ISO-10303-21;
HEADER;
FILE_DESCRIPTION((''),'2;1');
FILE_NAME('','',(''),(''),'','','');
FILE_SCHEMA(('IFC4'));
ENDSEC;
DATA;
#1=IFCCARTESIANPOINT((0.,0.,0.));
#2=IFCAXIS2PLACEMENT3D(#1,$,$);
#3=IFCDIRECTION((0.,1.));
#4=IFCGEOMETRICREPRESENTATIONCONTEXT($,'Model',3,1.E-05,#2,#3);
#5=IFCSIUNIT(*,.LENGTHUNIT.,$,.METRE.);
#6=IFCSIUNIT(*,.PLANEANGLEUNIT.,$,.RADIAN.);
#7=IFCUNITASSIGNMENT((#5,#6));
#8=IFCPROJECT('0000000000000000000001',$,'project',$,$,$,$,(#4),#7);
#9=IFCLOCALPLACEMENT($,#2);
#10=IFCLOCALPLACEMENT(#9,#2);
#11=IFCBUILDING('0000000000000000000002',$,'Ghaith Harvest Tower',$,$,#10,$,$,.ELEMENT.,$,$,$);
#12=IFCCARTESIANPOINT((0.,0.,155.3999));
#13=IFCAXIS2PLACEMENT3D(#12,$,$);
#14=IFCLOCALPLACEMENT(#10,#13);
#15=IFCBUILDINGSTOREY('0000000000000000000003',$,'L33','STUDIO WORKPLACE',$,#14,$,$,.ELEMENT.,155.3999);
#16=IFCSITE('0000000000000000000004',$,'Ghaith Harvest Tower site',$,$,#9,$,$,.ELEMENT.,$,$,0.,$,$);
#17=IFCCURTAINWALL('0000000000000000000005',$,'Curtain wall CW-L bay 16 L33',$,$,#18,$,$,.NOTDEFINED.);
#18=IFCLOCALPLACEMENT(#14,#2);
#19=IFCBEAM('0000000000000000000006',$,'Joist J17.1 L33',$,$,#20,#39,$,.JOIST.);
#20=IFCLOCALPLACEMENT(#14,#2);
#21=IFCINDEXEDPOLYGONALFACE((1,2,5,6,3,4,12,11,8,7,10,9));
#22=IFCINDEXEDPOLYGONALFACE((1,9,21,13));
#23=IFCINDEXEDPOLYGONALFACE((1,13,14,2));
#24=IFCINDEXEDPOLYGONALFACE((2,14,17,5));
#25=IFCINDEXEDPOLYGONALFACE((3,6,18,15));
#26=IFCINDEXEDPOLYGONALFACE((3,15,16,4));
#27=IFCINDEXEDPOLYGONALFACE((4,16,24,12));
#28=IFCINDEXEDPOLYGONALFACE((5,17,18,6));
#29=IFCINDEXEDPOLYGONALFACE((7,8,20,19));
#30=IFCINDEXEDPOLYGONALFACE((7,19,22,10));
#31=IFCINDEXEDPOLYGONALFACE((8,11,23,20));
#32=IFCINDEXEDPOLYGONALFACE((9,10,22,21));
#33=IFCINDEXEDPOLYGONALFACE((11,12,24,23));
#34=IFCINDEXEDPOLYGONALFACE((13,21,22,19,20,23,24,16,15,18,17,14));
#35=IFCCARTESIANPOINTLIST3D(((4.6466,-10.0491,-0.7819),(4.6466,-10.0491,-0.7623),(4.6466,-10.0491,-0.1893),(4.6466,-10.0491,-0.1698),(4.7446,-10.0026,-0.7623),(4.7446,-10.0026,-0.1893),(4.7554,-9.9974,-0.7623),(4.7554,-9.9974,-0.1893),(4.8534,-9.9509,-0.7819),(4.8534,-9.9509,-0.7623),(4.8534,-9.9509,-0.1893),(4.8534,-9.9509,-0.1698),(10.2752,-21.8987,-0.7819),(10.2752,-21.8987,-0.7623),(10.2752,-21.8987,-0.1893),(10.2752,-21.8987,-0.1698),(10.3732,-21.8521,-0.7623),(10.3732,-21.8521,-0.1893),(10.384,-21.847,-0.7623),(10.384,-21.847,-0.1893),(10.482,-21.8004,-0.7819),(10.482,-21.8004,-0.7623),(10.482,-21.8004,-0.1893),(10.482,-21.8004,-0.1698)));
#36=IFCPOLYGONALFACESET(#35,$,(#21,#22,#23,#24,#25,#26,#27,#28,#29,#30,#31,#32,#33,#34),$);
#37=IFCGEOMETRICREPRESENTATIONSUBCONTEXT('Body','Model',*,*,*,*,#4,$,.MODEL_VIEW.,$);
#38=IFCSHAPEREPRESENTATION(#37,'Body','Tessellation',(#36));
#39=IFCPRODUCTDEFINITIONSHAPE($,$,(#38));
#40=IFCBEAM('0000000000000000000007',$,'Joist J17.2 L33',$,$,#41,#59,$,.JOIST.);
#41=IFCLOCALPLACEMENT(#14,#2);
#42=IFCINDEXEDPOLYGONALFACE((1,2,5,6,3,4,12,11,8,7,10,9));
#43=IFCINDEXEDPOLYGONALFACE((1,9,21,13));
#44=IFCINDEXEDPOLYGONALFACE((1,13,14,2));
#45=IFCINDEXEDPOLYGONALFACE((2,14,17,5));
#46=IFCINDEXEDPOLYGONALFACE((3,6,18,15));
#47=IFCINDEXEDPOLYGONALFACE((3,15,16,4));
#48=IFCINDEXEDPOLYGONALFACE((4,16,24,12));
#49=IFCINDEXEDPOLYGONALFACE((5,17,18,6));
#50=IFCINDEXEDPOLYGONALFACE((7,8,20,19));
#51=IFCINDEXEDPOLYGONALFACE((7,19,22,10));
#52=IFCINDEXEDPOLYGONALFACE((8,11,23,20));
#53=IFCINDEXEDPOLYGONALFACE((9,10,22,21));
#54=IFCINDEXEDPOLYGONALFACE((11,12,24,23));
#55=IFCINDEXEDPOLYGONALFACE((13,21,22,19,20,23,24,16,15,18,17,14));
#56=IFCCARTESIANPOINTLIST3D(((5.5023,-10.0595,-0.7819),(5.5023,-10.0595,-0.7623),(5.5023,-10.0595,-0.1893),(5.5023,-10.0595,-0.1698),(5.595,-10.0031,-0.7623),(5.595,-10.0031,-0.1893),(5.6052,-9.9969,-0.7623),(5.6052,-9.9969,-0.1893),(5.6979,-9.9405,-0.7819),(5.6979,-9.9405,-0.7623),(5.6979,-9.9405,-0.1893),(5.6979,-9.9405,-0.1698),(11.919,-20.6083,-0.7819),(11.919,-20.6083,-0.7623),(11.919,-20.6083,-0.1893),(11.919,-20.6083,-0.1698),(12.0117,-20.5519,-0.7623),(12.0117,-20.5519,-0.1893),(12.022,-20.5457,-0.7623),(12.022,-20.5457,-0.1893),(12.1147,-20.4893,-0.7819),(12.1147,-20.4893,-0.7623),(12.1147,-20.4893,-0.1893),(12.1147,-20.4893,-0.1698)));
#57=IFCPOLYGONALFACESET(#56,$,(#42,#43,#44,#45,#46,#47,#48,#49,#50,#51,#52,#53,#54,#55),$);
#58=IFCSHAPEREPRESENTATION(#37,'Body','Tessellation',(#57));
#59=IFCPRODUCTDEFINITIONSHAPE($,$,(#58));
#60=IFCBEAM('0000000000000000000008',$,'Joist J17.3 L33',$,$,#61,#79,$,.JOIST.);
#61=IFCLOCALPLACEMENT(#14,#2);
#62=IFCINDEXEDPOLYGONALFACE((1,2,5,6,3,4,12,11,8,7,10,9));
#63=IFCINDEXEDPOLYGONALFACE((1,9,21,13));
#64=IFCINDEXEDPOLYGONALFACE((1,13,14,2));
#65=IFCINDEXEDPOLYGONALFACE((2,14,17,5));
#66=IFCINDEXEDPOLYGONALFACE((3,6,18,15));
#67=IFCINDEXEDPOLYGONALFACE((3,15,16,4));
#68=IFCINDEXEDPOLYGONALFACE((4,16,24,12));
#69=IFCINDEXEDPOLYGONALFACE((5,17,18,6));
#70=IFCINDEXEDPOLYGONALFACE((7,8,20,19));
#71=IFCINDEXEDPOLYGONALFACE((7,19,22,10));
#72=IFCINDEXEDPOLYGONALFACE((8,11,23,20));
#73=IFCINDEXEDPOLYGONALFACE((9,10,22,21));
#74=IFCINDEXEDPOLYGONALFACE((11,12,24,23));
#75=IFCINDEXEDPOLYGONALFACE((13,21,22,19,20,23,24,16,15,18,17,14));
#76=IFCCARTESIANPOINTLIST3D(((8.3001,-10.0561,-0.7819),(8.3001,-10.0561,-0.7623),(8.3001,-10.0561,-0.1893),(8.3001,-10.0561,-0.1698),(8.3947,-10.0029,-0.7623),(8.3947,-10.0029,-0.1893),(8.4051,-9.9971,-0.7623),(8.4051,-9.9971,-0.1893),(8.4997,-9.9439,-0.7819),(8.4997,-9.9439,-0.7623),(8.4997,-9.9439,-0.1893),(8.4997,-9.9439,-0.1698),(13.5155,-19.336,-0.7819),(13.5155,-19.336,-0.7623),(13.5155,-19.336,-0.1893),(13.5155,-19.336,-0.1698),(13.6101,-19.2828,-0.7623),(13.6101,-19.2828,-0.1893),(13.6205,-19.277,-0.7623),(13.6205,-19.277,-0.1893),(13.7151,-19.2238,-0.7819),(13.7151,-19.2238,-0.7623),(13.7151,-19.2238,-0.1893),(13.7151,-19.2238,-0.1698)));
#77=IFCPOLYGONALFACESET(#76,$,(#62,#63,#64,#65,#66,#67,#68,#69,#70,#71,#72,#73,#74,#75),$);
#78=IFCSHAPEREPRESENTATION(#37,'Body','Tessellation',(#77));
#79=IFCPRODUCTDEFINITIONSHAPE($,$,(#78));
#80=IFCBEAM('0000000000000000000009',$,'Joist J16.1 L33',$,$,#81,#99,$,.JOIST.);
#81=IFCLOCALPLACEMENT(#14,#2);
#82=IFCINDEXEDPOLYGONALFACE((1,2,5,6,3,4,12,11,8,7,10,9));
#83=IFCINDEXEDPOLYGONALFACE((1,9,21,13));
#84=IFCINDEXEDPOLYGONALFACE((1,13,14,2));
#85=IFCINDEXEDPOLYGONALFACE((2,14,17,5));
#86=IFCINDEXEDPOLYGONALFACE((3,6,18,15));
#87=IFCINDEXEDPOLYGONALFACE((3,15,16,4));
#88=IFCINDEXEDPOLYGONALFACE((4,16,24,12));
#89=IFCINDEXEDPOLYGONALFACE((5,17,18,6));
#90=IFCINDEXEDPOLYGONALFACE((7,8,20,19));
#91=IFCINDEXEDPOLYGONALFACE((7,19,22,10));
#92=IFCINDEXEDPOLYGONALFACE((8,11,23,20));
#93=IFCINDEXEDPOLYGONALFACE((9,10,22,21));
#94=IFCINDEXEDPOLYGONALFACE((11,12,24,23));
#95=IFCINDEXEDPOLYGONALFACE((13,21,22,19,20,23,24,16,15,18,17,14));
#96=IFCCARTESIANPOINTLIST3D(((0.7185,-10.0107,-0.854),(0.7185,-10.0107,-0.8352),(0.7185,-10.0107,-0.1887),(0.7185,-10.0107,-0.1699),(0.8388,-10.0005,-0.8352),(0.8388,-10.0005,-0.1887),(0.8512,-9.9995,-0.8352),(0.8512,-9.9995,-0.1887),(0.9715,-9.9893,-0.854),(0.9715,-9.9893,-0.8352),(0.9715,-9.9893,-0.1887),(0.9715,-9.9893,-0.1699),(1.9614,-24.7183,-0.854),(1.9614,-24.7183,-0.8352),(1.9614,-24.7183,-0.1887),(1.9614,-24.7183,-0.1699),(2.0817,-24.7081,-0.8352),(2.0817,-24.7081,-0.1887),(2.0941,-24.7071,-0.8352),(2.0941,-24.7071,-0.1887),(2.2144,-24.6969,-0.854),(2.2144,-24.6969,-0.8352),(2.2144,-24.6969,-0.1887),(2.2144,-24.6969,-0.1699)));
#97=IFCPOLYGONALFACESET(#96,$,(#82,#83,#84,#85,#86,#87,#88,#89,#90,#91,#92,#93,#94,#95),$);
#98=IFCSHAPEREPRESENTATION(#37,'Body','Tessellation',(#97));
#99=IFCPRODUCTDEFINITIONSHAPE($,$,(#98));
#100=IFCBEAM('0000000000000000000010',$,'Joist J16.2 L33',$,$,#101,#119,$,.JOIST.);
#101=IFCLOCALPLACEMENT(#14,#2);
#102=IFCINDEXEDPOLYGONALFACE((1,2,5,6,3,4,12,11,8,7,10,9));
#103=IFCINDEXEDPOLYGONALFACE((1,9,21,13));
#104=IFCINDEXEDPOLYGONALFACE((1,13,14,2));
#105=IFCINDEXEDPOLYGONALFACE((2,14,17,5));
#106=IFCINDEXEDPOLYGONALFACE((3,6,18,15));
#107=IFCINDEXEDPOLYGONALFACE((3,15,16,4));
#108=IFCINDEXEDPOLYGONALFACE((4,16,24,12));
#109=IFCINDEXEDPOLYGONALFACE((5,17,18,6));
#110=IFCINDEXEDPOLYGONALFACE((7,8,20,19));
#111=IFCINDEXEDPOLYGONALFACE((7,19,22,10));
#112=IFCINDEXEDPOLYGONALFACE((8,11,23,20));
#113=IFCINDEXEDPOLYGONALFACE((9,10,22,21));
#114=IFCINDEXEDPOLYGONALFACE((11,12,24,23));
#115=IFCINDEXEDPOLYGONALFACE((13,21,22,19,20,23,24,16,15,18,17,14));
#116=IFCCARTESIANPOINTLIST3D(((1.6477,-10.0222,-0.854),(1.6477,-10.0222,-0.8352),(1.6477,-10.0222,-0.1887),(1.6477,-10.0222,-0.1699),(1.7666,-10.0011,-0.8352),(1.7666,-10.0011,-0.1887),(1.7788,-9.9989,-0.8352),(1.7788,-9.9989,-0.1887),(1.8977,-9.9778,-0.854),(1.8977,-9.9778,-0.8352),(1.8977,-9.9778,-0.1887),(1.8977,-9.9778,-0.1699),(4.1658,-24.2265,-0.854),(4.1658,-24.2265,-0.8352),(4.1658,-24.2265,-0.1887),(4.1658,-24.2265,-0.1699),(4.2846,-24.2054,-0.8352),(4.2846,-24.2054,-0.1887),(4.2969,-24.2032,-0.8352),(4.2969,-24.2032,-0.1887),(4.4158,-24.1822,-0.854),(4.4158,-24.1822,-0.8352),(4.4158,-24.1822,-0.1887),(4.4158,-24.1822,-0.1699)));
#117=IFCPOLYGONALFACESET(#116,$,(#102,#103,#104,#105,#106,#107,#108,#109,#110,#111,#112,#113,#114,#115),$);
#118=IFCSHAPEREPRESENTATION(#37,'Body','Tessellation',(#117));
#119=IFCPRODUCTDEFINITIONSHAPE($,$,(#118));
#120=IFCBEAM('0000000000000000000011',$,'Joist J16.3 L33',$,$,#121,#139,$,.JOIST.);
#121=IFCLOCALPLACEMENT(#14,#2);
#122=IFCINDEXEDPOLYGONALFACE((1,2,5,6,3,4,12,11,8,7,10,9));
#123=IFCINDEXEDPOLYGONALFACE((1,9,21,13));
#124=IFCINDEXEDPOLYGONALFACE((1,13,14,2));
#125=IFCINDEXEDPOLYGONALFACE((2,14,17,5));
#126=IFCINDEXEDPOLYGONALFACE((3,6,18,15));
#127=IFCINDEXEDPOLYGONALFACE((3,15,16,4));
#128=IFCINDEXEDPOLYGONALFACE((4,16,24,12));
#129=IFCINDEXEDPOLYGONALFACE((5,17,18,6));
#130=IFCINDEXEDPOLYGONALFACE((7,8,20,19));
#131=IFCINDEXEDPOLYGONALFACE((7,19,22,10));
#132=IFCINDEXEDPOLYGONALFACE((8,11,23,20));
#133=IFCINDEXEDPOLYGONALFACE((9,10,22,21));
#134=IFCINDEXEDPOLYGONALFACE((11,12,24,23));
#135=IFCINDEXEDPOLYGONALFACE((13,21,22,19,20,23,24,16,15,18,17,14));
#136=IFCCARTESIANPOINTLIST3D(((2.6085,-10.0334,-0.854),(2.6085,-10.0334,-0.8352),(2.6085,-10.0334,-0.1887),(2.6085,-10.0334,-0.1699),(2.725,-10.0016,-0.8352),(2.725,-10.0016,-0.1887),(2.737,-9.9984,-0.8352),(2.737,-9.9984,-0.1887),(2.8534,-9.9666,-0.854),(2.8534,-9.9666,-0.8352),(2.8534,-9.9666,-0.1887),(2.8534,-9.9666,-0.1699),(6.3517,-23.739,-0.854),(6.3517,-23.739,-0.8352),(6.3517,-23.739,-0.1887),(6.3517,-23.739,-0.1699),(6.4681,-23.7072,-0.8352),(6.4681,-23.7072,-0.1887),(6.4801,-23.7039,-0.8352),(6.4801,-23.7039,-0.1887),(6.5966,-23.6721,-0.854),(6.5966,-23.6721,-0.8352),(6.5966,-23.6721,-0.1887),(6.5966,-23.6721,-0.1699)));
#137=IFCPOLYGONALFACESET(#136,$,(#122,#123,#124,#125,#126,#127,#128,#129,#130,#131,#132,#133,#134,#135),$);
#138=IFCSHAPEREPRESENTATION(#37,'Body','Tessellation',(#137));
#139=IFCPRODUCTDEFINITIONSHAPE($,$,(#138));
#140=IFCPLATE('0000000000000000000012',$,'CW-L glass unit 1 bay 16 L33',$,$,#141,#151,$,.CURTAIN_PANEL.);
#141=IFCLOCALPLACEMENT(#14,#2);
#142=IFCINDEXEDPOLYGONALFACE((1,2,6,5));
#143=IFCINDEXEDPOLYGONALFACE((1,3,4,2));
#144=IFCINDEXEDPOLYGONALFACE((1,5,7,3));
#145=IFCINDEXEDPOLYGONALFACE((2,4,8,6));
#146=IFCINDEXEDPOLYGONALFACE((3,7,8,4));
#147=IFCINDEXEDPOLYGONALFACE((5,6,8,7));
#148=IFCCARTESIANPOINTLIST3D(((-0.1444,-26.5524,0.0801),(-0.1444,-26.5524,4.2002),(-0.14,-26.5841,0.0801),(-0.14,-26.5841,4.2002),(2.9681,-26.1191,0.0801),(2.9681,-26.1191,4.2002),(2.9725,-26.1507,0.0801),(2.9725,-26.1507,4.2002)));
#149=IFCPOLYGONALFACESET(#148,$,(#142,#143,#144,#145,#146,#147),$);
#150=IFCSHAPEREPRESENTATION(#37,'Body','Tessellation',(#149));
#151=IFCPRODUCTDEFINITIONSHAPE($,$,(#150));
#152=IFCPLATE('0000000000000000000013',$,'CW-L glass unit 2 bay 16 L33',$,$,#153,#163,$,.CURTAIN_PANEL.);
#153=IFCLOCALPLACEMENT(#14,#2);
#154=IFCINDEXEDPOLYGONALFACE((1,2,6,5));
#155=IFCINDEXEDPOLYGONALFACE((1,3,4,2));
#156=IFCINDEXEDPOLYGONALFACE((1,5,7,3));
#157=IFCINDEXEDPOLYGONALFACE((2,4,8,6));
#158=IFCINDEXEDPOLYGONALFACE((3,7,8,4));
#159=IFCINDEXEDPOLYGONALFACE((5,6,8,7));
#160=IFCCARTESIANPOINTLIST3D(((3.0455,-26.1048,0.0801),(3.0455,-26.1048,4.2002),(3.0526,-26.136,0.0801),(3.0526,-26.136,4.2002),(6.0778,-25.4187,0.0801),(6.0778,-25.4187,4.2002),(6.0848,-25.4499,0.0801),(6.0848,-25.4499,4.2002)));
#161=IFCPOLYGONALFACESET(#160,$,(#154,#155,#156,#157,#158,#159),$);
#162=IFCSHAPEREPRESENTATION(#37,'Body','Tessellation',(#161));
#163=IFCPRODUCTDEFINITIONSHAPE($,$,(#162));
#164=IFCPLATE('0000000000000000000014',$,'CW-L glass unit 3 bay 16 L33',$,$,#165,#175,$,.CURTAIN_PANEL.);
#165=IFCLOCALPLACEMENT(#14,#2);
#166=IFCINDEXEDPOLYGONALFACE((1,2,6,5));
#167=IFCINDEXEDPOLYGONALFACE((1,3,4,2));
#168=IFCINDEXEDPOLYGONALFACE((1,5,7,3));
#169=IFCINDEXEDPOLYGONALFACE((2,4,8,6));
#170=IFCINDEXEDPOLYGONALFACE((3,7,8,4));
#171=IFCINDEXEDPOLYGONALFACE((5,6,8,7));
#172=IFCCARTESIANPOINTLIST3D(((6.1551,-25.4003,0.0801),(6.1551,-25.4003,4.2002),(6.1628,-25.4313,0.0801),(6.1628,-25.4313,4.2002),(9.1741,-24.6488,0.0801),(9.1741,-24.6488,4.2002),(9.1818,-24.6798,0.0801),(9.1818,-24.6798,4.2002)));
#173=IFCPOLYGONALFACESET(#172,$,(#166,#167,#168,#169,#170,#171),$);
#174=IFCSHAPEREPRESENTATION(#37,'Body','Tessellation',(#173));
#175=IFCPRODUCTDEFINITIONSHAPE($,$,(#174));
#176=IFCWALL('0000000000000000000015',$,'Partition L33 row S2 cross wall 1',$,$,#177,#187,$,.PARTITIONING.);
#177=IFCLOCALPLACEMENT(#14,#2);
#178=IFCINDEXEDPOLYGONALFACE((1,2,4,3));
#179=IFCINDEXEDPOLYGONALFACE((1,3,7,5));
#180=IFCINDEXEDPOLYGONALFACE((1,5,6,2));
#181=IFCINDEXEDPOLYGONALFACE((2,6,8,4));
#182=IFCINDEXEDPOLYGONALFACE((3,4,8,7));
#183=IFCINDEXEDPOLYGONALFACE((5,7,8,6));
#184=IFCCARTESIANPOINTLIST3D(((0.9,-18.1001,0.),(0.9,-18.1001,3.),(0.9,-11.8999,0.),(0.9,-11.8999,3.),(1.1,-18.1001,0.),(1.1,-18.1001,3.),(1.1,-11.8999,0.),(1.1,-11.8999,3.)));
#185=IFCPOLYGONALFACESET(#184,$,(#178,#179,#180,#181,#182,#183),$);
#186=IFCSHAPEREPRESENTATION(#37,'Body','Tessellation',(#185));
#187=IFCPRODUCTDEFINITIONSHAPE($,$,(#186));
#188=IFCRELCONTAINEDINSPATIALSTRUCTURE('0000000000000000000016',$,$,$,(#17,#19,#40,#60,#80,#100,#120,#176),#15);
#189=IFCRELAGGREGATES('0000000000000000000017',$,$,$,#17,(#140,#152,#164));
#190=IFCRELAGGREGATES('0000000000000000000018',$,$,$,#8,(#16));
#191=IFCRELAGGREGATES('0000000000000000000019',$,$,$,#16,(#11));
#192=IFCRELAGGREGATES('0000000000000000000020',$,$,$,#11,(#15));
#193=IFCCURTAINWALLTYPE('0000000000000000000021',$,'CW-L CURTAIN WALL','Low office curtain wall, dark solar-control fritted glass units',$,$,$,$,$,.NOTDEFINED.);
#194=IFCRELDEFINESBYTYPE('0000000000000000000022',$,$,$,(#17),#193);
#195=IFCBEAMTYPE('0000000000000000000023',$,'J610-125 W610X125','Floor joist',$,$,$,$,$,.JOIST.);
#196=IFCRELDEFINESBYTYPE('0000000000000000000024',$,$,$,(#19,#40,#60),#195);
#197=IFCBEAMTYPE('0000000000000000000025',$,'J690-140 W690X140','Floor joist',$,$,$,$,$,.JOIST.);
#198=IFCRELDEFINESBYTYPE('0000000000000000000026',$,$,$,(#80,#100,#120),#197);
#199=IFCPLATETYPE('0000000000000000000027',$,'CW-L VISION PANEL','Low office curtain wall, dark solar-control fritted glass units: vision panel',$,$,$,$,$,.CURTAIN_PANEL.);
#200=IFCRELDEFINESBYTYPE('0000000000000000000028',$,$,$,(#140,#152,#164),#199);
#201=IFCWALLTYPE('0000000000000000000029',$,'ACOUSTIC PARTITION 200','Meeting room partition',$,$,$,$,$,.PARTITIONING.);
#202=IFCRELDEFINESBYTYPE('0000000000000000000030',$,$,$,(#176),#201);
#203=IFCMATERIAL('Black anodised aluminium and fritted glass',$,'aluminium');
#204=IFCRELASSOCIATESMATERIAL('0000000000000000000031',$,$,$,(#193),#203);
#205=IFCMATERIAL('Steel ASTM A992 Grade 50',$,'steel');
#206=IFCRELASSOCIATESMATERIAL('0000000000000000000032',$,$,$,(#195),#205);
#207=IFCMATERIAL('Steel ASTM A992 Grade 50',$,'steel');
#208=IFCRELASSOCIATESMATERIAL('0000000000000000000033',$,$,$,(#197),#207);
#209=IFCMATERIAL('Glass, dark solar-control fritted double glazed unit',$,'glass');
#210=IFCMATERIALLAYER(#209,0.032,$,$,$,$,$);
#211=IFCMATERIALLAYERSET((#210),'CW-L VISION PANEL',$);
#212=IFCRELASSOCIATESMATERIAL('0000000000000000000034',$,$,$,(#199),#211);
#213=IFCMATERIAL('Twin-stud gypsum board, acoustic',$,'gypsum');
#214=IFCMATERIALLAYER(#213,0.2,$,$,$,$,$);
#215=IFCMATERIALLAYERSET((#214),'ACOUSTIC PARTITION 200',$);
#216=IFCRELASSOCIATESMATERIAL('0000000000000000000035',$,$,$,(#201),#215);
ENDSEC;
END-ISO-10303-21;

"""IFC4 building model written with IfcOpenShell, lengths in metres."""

from ifc_helpers import new_model, si_unit, direction, frame, frame_2d, origin, origin_2d, place, context, subcontext, project, spatial, rectangle, i_section, extrude, material, layer, layer_set, material_profile, profile_set, type_object, element, aggregate, save


model = new_model("IFC4")

# Units and contexts
model_context = context("Model", 3, precision=1e-05, world=origin(), true_north=direction((0.0, 1.0)))
body_context = subcontext(model_context, "Body", "Model", "MODEL_VIEW")
ifc_project = project(units=[si_unit("LENGTHUNIT", "METRE"), si_unit("PLANEANGLEUNIT", "RADIAN")], contexts=[model_context])

# Site, building, storey
site_placement = place(None, origin())
site = spatial("IfcSite", under=ifc_project, at=site_placement, Name="Ghaith Harvest Tower site", CompositionType="ELEMENT", RefElevation=0.0)
building_placement = place(site_placement, origin())
building = spatial("IfcBuilding", under=site, at=building_placement, Name="Ghaith Harvest Tower", CompositionType="ELEMENT")
storey_placement = place(building_placement, frame((0.0, 0.0, 155.3999)))
storey = spatial("IfcBuildingStorey", under=building, at=storey_placement, Name="L33", Description="STUDIO WORKPLACE", CompositionType="ELEMENT", Elevation=155.3999)

# Curtain wall
ifc_material_1 = material(Name="Black anodised aluminium and fritted glass", Category="aluminium")
curtain_wall_type = type_object("IfcCurtainWallType", Name="CW-L CURTAIN WALL", Description="Low office curtain wall, dark solar-control fritted glass units", PredefinedType="NOTDEFINED", material=ifc_material_1)
curtain_wall_1_placement = place(storey_placement, origin())
curtain_wall_1 = element("IfcCurtainWall", 1, at=curtain_wall_1_placement, inside=storey, type_object=curtain_wall_type, Name="Curtain wall CW-L bay 16 L33", PredefinedType="NOTDEFINED")

# Beams
ifc_material_2 = material(Name="Steel ASTM A992 Grade 50", Category="steel")
ifc_material_profile_1 = material_profile(ifc_material_2, i_section(OverallWidth=0.229, OverallDepth=0.6121, WebThickness=0.012, FlangeThickness=0.0195, at=origin_2d()), Name="W610X125")
ifc_profile_set_1 = profile_set([ifc_material_profile_1], Name="Steel ASTM A992 Grade 50")
beam_type_1 = type_object("IfcBeamType", Name="J610-125 W610X125", Description="Floor joist", PredefinedType="JOIST", material=ifc_profile_set_1)
beam_1_placement = place(storey_placement, frame((4.75, -10.0, -0.4758), z_axis=(0.429063, -0.903275, 0.0), x_axis=(0.903275, 0.429063, 0.0)))
element("IfcBeam", 2, at=beam_1_placement, inside=storey, type_object=beam_type_1, Name="Joist J17.1 L33", PredefinedType="JOIST", context=body_context, shape_type="SweptSolid", body=[
    extrude(i_section(OverallWidth=0.229, OverallDepth=0.6121, WebThickness=0.012, FlangeThickness=0.0195, at=origin_2d()), origin(), (0.0, 0.0, 1.0), 13.1184),
])
beam_2_placement = place(storey_placement, frame((5.6001, -10.0, -0.4758), z_axis=(0.519694, -0.854352, 0.0), x_axis=(0.854352, 0.519694, 0.0)))
element("IfcBeam", 3, at=beam_2_placement, inside=storey, type_object=beam_type_1, Name="Joist J17.2 L33", PredefinedType="JOIST", context=body_context, shape_type="SweptSolid", body=[
    extrude(i_section(OverallWidth=0.229, OverallDepth=0.6121, WebThickness=0.012, FlangeThickness=0.0195, at=origin_2d()), origin(), (0.0, 0.0, 1.0), 12.3472),
])
beam_3_placement = place(storey_placement, frame((8.3999, -10.0, -0.4758), z_axis=(0.489937, -0.871758, 0.0), x_axis=(0.871758, 0.489937, 0.0)))
element("IfcBeam", 4, at=beam_3_placement, inside=storey, type_object=beam_type_1, Name="Joist J17.3 L33", PredefinedType="JOIST", context=body_context, shape_type="SweptSolid", body=[
    extrude(i_section(OverallWidth=0.229, OverallDepth=0.6121, WebThickness=0.012, FlangeThickness=0.0195, at=origin_2d()), origin(), (0.0, 0.0, 1.0), 10.645),
])
ifc_material_3 = material(Name="Steel ASTM A992 Grade 50", Category="steel")
ifc_material_profile_2 = material_profile(ifc_material_3, i_section(OverallWidth=0.2539, OverallDepth=0.6841, WebThickness=0.0125, FlangeThickness=0.0188, at=origin_2d()), Name="W690X140")
ifc_profile_set_2 = profile_set([ifc_material_profile_2], Name="Steel ASTM A992 Grade 50")
beam_type_2 = type_object("IfcBeamType", Name="J690-140 W690X140", Description="Floor joist", PredefinedType="JOIST", material=ifc_profile_set_2)
beam_4_placement = place(storey_placement, frame((0.845, -10.0, -0.512), z_axis=(0.084209, -0.996448, 0.0), x_axis=(0.996448, 0.084209, 0.0)))
element("IfcBeam", 5, at=beam_4_placement, inside=storey, type_object=beam_type_2, Name="Joist J16.1 L33", PredefinedType="JOIST", context=body_context, shape_type="SweptSolid", body=[
    extrude(i_section(OverallWidth=0.2539, OverallDepth=0.6841, WebThickness=0.0125, FlangeThickness=0.0188, at=origin_2d()), origin(), (0.0, 0.0, 1.0), 14.76),
])
beam_5_placement = place(storey_placement, frame((1.7727, -10.0, -0.512), z_axis=(0.174553, -0.984648, 0.0), x_axis=(0.984648, 0.174553, 0.0)))
element("IfcBeam", 6, at=beam_5_placement, inside=storey, type_object=beam_type_2, Name="Joist J16.2 L33", PredefinedType="JOIST", context=body_context, shape_type="SweptSolid", body=[
    extrude(i_section(OverallWidth=0.2539, OverallDepth=0.6841, WebThickness=0.0125, FlangeThickness=0.0188, at=origin_2d()), origin(), (0.0, 0.0, 1.0), 14.4258),
])
beam_6_placement = place(storey_placement, frame((2.731, -10.0, -0.512), z_axis=(0.263463, -0.964669, 0.0), x_axis=(0.964669, 0.263463, 0.0)))
element("IfcBeam", 7, at=beam_6_placement, inside=storey, type_object=beam_type_2, Name="Joist J16.3 L33", PredefinedType="JOIST", context=body_context, shape_type="SweptSolid", body=[
    extrude(i_section(OverallWidth=0.2539, OverallDepth=0.6841, WebThickness=0.0125, FlangeThickness=0.0188, at=origin_2d()), origin(), (0.0, 0.0, 1.0), 14.2075),
])

# Plates
ifc_material_4 = material(Name="Glass, dark solar-control fritted double glazed unit", Category="glass")
ifc_layer_1 = layer(ifc_material_4, 0.032)
ifc_layer_set_1 = layer_set([ifc_layer_1], Name="CW-L VISION PANEL")
plate_type = type_object("IfcPlateType", Name="CW-L VISION PANEL", Description="Low office curtain wall, dark solar-control fritted glass units: vision panel", PredefinedType="CURTAIN_PANEL", material=ifc_layer_set_1)
plate_1_placement = place(storey_placement, frame((1.4141, -26.3516, 0.0801), z_axis=(0.0, 0.0, 1.0), x_axis=(0.990448, 0.137886, 0.0)))
plate_1 = element("IfcPlate", 8, at=plate_1_placement, type_object=plate_type, Name="CW-L glass unit 1 bay 16 L33", PredefinedType="CURTAIN_PANEL", context=body_context, shape_type="SweptSolid", body=[
    extrude(rectangle(XDim=3.1426, YDim=0.032, at=origin_2d()), origin(), (0.0, 0.0, 1.0), 4.1201),
])
plate_2_placement = place(storey_placement, frame((4.5652, -25.7773, 0.0801), z_axis=(0.0, 0.0, 1.0), x_axis=(0.975342, 0.2207, 0.0)))
plate_2 = element("IfcPlate", 9, at=plate_2_placement, type_object=plate_type, Name="CW-L glass unit 2 bay 16 L33", PredefinedType="CURTAIN_PANEL", context=body_context, shape_type="SweptSolid", body=[
    extrude(rectangle(XDim=3.1089, YDim=0.032, at=origin_2d()), origin(), (0.0, 0.0, 1.0), 4.1201),
])
plate_3_placement = place(storey_placement, frame((7.6685, -25.04, 0.0801), z_axis=(0.0, 0.0, 1.0), x_axis=(0.970384, 0.241566, 0.0)))
plate_3 = element("IfcPlate", 10, at=plate_3_placement, type_object=plate_type, Name="CW-L glass unit 3 bay 16 L33", PredefinedType="CURTAIN_PANEL", context=body_context, shape_type="SweptSolid", body=[
    extrude(rectangle(XDim=3.1111, YDim=0.032, at=origin_2d()), origin(), (0.0, 0.0, 1.0), 4.1201),
])
aggregate(curtain_wall_1, [plate_1, plate_2, plate_3])

# Wall
ifc_material_5 = material(Name="Twin-stud gypsum board, acoustic", Category="gypsum")
ifc_layer_2 = layer(ifc_material_5, 0.2)
ifc_layer_set_2 = layer_set([ifc_layer_2], Name="ACOUSTIC PARTITION 200")
wall_type_1 = type_object("IfcWallType", Name="ACOUSTIC PARTITION 200", Description="Meeting room partition", PredefinedType="PARTITIONING", material=ifc_layer_set_2)
for number, where, z_axis, x_axis, name in (
    (11, (1.0, -11.8999, 0.0), (0.0, 0.0, 1.0), (0.0, -1.0, 0.0), "Partition L33 row S2 cross wall 1"),
):
    element("IfcWall", number, at=place(storey_placement, frame(where, z_axis=z_axis, x_axis=x_axis)), inside=storey, type_object=wall_type_1, Name=name, PredefinedType="PARTITIONING", context=body_context, shape_type="SweptSolid", body=[
        extrude(rectangle(XDim=6.2002, YDim=0.2, at=frame_2d((3.1001, 0.0))), origin(), (0.0, 0.0, 1.0), 3.0),
    ])

save(model, "model.ifc")
